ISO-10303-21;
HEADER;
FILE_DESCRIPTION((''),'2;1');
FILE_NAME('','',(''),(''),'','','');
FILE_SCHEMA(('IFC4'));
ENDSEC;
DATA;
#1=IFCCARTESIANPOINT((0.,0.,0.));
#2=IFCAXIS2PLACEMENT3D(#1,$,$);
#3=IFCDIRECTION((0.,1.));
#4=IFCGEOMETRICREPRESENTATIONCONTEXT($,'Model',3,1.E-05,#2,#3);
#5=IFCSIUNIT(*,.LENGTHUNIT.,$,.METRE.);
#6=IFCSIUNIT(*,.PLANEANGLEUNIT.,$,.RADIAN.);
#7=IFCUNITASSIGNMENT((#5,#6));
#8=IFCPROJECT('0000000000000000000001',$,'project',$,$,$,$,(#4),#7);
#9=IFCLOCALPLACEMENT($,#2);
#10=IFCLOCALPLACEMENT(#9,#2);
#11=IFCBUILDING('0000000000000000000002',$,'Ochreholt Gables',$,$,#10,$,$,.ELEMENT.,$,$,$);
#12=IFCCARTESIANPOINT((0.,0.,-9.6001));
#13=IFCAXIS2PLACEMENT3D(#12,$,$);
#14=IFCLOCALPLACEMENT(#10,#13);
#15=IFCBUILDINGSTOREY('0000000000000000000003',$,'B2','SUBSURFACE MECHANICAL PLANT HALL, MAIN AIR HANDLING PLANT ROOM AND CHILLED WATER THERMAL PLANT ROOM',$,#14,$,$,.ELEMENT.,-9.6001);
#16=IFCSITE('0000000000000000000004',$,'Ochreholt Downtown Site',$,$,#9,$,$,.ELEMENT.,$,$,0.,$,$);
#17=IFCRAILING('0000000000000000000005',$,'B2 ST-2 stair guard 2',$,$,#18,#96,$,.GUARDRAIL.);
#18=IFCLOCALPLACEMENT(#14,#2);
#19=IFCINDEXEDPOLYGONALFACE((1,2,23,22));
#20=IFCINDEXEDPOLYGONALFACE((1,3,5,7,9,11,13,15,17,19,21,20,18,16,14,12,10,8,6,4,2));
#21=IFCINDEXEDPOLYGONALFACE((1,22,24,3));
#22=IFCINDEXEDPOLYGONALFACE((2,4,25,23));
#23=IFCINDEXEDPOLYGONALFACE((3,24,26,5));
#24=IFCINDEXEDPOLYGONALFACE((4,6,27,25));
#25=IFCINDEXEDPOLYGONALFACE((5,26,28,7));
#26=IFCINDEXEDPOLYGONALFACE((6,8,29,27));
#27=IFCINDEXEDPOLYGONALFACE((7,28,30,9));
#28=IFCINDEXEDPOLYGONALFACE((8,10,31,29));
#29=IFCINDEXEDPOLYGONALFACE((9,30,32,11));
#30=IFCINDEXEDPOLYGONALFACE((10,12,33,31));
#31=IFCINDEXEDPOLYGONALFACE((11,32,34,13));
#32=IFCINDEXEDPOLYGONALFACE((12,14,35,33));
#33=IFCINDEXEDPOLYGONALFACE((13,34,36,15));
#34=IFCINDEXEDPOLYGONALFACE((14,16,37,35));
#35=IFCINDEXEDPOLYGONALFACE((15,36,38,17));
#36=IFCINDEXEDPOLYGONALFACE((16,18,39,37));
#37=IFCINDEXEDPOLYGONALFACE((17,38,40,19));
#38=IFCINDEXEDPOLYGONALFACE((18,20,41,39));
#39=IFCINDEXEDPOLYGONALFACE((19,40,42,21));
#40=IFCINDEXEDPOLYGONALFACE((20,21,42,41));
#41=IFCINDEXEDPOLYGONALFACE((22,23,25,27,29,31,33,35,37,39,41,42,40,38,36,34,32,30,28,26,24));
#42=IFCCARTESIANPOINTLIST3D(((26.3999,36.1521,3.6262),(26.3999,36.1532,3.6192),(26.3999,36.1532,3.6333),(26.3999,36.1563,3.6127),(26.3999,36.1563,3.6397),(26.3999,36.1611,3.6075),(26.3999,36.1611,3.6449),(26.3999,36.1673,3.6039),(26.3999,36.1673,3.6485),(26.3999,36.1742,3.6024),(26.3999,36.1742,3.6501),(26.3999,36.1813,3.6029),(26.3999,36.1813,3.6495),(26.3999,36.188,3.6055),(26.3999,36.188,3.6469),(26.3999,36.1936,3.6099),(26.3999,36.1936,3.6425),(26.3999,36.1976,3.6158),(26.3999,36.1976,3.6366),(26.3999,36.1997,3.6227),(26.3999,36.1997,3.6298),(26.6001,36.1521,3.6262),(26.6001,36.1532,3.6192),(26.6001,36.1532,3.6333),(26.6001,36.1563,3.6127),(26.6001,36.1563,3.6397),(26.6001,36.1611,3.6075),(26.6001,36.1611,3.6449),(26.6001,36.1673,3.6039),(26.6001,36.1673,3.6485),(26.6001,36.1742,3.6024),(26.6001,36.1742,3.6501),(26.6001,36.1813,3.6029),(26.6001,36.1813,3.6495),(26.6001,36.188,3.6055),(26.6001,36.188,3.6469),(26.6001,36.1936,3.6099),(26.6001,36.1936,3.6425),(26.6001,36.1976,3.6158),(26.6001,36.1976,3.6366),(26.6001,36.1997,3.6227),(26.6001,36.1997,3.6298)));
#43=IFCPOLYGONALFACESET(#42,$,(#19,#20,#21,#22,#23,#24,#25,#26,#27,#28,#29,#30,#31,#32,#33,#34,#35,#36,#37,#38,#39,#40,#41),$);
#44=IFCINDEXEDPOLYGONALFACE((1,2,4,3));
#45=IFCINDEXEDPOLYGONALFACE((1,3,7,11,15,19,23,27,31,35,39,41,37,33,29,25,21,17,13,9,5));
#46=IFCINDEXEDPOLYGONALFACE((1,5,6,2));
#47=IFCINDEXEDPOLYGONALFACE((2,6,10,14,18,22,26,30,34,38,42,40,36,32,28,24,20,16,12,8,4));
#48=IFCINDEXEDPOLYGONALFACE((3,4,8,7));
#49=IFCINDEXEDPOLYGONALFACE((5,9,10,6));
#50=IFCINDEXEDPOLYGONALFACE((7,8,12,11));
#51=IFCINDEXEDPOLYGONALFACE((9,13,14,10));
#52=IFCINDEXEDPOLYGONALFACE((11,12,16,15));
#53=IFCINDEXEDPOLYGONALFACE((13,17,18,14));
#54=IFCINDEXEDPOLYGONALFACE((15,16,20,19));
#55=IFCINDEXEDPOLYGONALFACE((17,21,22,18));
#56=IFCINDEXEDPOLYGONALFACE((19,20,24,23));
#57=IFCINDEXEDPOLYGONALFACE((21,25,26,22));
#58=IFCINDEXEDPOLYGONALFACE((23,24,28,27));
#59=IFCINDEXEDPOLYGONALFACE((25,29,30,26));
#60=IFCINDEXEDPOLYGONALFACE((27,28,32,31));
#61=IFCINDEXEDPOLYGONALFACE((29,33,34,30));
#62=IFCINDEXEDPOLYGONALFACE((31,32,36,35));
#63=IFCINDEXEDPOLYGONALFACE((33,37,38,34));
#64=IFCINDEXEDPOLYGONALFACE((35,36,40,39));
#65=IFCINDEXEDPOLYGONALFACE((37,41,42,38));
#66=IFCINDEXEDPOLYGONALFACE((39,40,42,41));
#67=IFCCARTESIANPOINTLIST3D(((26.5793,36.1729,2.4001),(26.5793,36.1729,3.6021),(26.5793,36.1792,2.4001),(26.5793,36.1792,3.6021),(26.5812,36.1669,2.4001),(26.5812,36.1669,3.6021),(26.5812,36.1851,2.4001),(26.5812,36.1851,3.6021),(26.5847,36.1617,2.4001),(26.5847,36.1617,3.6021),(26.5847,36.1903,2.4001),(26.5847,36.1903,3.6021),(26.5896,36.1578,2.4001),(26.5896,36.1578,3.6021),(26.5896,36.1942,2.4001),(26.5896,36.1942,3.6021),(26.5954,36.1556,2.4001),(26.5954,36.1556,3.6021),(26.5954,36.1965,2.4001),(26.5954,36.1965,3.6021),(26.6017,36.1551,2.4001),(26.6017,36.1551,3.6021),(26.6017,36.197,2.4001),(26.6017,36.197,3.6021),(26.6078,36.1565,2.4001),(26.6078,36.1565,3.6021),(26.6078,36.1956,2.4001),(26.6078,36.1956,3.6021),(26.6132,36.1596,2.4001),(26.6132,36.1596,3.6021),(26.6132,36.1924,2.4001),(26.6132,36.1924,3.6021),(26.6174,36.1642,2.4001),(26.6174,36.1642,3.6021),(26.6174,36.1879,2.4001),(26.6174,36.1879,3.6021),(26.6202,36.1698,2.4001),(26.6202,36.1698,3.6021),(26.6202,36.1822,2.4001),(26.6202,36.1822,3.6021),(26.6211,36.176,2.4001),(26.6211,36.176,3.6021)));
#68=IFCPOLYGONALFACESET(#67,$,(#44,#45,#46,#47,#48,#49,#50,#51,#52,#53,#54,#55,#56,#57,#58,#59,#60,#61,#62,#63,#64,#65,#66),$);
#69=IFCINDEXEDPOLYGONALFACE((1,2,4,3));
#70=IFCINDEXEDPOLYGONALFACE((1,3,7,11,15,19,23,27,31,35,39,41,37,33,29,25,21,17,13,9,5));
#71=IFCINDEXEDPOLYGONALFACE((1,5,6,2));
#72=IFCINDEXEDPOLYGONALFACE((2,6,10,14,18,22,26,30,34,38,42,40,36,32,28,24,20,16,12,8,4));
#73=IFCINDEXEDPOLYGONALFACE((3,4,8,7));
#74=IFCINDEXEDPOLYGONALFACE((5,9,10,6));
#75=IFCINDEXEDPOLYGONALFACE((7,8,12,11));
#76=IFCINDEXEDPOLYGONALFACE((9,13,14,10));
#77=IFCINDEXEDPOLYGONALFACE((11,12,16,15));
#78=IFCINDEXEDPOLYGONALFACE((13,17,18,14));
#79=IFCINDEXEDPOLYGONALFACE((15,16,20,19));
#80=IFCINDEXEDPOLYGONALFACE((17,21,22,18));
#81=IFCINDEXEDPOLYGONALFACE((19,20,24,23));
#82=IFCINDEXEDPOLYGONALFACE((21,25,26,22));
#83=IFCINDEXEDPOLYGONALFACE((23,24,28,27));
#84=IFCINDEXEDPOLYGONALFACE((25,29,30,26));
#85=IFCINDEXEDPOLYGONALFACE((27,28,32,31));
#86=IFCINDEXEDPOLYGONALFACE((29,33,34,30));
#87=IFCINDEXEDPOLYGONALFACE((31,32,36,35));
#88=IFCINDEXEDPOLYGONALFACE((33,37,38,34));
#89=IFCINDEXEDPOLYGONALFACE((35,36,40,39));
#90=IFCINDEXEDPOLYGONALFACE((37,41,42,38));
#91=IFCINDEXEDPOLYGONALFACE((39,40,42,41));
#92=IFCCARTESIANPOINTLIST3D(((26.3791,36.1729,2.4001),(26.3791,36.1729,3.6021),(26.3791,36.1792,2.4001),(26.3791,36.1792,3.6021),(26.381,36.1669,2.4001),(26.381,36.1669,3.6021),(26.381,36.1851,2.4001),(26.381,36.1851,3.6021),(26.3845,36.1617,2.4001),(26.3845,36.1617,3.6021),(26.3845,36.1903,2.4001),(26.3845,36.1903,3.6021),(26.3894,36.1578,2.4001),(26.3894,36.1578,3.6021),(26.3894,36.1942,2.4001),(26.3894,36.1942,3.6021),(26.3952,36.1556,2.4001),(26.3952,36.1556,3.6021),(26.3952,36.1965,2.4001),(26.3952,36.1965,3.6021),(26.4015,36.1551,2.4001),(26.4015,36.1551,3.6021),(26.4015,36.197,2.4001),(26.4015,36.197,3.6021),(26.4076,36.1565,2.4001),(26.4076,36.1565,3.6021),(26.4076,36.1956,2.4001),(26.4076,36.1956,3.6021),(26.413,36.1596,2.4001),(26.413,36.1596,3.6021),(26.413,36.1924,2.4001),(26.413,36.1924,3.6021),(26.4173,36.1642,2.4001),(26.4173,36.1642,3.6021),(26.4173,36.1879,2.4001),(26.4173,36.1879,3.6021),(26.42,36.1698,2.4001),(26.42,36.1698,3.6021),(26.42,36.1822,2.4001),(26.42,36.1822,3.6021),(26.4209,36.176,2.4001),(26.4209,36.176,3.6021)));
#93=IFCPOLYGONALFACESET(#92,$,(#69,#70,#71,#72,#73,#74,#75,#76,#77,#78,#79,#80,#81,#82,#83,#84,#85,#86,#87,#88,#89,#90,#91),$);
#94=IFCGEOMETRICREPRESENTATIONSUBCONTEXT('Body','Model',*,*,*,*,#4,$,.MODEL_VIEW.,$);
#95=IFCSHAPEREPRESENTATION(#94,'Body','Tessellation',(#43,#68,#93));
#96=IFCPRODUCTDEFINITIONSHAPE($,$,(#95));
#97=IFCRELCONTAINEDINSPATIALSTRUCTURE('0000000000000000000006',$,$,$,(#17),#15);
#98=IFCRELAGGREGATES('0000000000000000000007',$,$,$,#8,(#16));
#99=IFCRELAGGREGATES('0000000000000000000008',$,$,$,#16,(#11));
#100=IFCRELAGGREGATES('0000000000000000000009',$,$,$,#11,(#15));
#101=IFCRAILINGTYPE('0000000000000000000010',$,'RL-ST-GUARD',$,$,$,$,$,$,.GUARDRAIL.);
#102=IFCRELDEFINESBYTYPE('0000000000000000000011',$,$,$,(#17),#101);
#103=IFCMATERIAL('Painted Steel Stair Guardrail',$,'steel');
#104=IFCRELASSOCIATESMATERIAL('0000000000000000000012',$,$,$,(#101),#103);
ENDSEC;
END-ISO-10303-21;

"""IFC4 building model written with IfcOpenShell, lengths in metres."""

from ifc_helpers import new_model, si_unit, direction, frame, origin, origin_2d, place, context, subcontext, project, spatial, circle, extrude, material, type_object, element, save


model = new_model("IFC4")

# Units and contexts
model_context = context("Model", 3, precision=1e-05, world=origin(), true_north=direction((0.0, 1.0)))
body_context = subcontext(model_context, "Body", "Model", "MODEL_VIEW")
ifc_project = project(units=[si_unit("LENGTHUNIT", "METRE"), si_unit("PLANEANGLEUNIT", "RADIAN")], contexts=[model_context])

# Site, building, storey
site_placement = place(None, origin())
site = spatial("IfcSite", under=ifc_project, at=site_placement, Name="Ochreholt Downtown Site", CompositionType="ELEMENT", RefElevation=0.0)
building_placement = place(site_placement, origin())
building = spatial("IfcBuilding", under=site, at=building_placement, Name="Ochreholt Gables", CompositionType="ELEMENT")
storey_placement = place(building_placement, frame((0.0, 0.0, -9.6001)))
storey = spatial("IfcBuildingStorey", under=building, at=storey_placement, Name="B2", Description="SUBSURFACE MECHANICAL PLANT HALL, MAIN AIR HANDLING PLANT ROOM AND CHILLED WATER THERMAL PLANT ROOM", CompositionType="ELEMENT", Elevation=-9.6001)

# Railing
ifc_material_1 = material(Name="Painted Steel Stair Guardrail", Category="steel")
railing_type_1 = type_object("IfcRailingType", Name="RL-ST-GUARD", PredefinedType="GUARDRAIL", material=ifc_material_1)
railing_1_placement = place(storey_placement, frame((26.6001, 36.176, 2.4001)))
element("IfcRailing", 1, at=railing_1_placement, inside=storey, type_object=railing_type_1, Name="B2 ST-2 stair guard 2", PredefinedType="GUARDRAIL", context=body_context, shape_type="SweptSolid", body=[
    extrude(circle(Radius=0.0239, at=origin_2d()), frame((0.0, 0.0, 1.2261), z_axis=(-1.0, 0.0, 0.0), x_axis=(0.0, -1.0, 0.0)), (0.0, 0.0, 1.0), 0.2002),
    extrude(circle(Radius=0.021, at=origin_2d()), origin(), (0.0, 0.0, 1.0), 1.2019),
    extrude(circle(Radius=0.021, at=origin_2d()), frame((-0.2002, 0.0, 0.0)), (0.0, 0.0, 1.0), 1.2019),
])

save(model, "model.ifc")
